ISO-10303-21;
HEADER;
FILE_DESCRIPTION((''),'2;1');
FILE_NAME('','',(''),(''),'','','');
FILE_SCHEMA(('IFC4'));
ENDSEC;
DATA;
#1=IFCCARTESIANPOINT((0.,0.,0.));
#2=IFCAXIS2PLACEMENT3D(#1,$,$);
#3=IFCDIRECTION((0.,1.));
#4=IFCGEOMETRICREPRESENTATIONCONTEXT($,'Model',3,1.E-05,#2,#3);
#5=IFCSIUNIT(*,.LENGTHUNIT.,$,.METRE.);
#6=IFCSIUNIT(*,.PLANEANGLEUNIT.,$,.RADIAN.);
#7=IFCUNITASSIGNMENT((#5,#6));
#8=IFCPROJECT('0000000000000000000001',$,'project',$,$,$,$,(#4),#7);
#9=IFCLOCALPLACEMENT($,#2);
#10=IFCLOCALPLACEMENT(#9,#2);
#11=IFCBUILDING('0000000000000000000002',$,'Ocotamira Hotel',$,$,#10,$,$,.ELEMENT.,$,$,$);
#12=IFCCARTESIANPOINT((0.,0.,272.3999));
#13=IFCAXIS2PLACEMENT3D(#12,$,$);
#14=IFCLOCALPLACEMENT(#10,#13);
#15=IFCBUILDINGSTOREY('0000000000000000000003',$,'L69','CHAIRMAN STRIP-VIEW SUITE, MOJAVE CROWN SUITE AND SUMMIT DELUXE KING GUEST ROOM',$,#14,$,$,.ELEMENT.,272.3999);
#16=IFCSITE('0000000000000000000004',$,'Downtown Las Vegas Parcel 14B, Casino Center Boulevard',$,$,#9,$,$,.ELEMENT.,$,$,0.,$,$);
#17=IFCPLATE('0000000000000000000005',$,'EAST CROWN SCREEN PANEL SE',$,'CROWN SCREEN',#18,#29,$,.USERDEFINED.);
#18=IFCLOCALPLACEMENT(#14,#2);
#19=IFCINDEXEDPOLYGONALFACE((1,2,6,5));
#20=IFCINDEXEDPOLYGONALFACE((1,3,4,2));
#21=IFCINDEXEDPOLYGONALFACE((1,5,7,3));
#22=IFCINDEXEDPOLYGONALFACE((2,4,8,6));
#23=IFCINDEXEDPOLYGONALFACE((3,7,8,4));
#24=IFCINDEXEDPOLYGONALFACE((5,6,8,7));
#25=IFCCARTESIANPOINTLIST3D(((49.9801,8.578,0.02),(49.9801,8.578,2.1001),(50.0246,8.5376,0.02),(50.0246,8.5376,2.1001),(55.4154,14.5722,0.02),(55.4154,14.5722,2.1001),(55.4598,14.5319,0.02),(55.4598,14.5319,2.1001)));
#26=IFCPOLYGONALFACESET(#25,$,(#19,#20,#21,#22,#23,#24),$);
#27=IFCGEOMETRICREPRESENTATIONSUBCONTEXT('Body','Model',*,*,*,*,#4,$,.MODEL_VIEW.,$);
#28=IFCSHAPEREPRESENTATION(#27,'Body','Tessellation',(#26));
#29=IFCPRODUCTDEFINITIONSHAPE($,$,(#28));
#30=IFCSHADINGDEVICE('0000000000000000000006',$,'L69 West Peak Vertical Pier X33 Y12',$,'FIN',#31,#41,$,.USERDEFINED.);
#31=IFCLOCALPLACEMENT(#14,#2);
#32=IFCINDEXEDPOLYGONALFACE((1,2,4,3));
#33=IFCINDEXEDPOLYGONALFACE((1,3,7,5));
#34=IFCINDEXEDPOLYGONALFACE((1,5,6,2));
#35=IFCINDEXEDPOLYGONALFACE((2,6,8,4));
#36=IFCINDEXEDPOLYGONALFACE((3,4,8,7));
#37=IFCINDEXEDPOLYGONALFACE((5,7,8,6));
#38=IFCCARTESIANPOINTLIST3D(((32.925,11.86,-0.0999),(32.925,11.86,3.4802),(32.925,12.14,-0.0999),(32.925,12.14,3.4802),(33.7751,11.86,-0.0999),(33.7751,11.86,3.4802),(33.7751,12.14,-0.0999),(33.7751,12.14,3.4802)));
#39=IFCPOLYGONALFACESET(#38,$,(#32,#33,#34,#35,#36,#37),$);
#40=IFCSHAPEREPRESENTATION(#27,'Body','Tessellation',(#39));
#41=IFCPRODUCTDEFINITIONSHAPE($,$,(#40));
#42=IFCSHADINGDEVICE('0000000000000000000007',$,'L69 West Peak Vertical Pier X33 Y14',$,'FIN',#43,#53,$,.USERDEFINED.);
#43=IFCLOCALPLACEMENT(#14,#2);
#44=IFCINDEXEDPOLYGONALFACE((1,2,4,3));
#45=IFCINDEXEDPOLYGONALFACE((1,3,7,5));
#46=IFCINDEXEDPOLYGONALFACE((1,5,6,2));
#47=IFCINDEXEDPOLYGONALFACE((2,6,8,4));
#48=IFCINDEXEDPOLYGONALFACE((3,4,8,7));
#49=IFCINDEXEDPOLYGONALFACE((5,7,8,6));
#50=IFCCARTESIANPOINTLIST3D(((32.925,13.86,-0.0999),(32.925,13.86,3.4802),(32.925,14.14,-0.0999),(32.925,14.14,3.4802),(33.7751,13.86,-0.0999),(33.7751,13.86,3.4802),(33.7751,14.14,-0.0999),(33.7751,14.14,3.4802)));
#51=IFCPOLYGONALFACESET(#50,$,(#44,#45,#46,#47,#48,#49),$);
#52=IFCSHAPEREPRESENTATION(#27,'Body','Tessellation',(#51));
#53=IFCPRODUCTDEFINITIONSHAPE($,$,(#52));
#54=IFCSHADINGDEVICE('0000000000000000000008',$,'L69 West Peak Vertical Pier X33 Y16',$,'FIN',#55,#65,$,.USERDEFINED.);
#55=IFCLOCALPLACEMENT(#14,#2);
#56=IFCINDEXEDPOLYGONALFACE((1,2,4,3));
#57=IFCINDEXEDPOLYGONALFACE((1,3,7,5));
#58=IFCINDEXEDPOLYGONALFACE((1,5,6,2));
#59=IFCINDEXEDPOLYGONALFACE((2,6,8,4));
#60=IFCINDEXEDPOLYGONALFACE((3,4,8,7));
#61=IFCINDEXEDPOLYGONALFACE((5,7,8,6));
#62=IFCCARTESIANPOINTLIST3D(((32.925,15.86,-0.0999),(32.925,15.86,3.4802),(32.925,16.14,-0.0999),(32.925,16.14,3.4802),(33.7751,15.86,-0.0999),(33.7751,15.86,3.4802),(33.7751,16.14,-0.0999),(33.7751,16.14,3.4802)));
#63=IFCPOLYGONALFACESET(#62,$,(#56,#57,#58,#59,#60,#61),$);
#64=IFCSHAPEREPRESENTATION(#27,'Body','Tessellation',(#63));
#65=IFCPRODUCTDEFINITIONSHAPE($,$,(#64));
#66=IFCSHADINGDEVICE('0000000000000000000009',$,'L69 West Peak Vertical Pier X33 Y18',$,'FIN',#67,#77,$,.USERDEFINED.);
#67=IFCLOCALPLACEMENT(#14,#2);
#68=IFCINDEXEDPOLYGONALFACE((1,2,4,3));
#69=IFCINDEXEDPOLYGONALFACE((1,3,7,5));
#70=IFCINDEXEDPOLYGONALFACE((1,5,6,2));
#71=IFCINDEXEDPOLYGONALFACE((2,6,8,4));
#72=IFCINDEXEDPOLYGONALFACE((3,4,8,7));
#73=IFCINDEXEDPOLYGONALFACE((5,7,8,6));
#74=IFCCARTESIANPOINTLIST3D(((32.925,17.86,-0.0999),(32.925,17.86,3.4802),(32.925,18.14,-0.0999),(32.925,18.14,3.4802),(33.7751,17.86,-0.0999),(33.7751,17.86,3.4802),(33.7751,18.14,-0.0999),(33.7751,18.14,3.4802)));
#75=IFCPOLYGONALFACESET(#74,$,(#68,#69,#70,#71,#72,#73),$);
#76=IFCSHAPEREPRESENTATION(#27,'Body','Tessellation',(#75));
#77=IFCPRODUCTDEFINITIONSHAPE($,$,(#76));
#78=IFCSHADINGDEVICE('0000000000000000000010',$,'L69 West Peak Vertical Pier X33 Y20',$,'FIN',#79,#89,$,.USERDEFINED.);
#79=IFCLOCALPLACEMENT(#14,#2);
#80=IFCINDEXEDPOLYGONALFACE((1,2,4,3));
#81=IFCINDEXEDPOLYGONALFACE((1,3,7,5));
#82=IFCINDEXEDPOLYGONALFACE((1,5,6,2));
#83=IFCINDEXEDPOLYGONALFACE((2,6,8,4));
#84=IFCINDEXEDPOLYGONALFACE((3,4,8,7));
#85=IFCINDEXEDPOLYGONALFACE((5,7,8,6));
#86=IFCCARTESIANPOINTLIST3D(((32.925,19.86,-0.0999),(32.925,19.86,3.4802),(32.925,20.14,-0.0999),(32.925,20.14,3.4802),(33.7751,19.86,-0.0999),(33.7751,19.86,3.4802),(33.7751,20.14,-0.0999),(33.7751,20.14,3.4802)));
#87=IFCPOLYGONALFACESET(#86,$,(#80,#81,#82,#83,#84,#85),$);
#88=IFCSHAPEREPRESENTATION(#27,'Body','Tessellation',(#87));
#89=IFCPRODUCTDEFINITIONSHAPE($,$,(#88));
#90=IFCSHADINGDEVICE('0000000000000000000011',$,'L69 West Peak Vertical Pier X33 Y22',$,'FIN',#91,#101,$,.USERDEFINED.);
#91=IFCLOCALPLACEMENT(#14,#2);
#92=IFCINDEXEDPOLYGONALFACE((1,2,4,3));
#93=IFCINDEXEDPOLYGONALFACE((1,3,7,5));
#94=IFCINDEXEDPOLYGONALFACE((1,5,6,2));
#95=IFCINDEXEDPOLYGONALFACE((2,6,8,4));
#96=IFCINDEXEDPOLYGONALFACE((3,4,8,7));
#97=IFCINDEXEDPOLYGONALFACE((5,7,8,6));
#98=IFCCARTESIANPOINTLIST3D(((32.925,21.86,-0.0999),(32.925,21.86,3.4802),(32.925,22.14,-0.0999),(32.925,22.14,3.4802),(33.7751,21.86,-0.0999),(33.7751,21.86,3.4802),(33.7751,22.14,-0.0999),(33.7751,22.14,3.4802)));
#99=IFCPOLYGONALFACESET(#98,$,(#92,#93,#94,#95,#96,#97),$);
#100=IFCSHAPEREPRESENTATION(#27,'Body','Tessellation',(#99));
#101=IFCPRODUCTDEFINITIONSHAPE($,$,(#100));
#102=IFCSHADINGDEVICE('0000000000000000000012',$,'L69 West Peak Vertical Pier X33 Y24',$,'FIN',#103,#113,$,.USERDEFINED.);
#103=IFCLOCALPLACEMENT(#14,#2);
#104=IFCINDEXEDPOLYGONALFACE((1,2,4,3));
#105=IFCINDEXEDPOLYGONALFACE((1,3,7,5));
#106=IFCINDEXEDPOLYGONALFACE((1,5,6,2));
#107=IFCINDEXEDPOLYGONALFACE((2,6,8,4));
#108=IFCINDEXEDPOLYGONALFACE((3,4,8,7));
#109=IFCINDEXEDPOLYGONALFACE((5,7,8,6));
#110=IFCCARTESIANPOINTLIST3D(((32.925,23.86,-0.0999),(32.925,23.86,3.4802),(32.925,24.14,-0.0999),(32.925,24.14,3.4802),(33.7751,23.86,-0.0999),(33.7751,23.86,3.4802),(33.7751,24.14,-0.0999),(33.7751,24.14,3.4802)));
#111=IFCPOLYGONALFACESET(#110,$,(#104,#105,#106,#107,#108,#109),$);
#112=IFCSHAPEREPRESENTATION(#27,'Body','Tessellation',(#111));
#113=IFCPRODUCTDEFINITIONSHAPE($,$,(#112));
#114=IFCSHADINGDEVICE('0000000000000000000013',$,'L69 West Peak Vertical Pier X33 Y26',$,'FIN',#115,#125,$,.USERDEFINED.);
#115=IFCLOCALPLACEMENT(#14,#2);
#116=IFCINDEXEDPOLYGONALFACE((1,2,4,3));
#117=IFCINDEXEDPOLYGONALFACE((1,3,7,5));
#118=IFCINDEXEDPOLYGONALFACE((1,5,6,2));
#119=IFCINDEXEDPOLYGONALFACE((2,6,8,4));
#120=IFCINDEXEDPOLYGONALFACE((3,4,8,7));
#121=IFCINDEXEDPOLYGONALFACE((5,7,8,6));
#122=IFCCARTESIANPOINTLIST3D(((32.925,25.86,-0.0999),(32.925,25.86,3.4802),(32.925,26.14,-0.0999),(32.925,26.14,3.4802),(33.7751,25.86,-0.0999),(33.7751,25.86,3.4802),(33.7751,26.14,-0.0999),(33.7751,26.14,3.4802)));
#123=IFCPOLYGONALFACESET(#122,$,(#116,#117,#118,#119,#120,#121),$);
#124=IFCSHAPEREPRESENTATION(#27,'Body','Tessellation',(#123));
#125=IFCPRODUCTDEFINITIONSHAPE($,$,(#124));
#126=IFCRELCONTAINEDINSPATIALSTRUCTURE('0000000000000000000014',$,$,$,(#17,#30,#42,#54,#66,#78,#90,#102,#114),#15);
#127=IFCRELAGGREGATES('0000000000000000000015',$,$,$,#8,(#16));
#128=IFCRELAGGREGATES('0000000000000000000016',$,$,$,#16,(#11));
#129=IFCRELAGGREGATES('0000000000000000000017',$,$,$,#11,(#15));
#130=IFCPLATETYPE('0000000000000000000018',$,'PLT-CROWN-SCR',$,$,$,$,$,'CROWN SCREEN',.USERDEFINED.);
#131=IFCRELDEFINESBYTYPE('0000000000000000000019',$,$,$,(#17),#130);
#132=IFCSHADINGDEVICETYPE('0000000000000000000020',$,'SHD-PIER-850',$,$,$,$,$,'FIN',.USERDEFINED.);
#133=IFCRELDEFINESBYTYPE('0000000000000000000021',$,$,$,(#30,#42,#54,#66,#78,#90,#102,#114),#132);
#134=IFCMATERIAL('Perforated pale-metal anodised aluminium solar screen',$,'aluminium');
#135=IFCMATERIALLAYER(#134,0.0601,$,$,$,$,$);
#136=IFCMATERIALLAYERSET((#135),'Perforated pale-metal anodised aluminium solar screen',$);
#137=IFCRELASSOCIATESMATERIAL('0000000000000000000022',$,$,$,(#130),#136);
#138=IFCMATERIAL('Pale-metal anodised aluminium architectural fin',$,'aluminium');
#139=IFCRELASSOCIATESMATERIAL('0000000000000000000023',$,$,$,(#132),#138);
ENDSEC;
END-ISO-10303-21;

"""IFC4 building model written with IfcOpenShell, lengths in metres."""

from ifc_helpers import new_model, si_unit, direction, frame, origin, origin_2d, place, context, subcontext, project, spatial, rectangle, extrude, source, transform, mapped, material, layer, layer_set, type_object, element, save


model = new_model("IFC4")

# Units and contexts
model_context = context("Model", 3, precision=1e-05, world=origin(), true_north=direction((0.0, 1.0)))
body_context = subcontext(model_context, "Body", "Model", "MODEL_VIEW")
ifc_project = project(units=[si_unit("LENGTHUNIT", "METRE"), si_unit("PLANEANGLEUNIT", "RADIAN")], contexts=[model_context])

# Site, building, storey
site_placement = place(None, origin())
site = spatial("IfcSite", under=ifc_project, at=site_placement, Name="Downtown Las Vegas Parcel 14B, Casino Center Boulevard", CompositionType="ELEMENT", RefElevation=0.0)
building_placement = place(site_placement, origin())
building = spatial("IfcBuilding", under=site, at=building_placement, Name="Ocotamira Hotel", CompositionType="ELEMENT")
storey_placement = place(building_placement, frame((0.0, 0.0, 272.3999)))
storey = spatial("IfcBuildingStorey", under=building, at=storey_placement, Name="L69", Description="CHAIRMAN STRIP-VIEW SUITE, MOJAVE CROWN SUITE AND SUMMIT DELUXE KING GUEST ROOM", CompositionType="ELEMENT", Elevation=272.3999)

# Plate
ifc_material_1 = material(Name="Perforated pale-metal anodised aluminium solar screen", Category="aluminium")
ifc_layer = layer(ifc_material_1, 0.0601)
ifc_layer_set = layer_set([ifc_layer], Name="Perforated pale-metal anodised aluminium solar screen")
plate_type = type_object("IfcPlateType", Name="PLT-CROWN-SCR", ElementType="CROWN SCREEN", PredefinedType="USERDEFINED", material=ifc_layer_set)
shared_shape_1 = source(origin(), body_context, "Body", "SweptSolid", [
    extrude(rectangle(XDim=8.0916, YDim=0.0601, at=origin_2d()), origin(), (0.0, 0.0, 1.0), 2.0801),
])
plate_1_placement = place(storey_placement, frame((52.72, 11.5549, 0.02), z_axis=(0.0, 0.0, 1.0), x_axis=(0.671721, 0.740805, 0.0)))
element("IfcPlate", 1, at=plate_1_placement, inside=storey, type_object=plate_type, Name="EAST CROWN SCREEN PANEL SE", ObjectType="CROWN SCREEN", PredefinedType="USERDEFINED", context=body_context, shape_type="MappedRepresentation", body=[
    mapped(shared_shape_1, transform((0.0, 0.0, 0.0), scale=1.0)),
])

# Shading devices
ifc_material_2 = material(Name="Pale-metal anodised aluminium architectural fin", Category="aluminium")
shading_device_type = type_object("IfcShadingDeviceType", Name="SHD-PIER-850", ElementType="FIN", PredefinedType="USERDEFINED", material=ifc_material_2)
shared_shape_2 = source(origin(), body_context, "Body", "SweptSolid", [
    extrude(rectangle(XDim=0.8501, YDim=0.28, at=origin_2d()), origin(), (0.0, 0.0, 1.0), 3.5801),
])
for number, where, z_axis, x_axis, name in (
    (2, (33.3501, 12.0, -0.0999), (0.0, 0.0, 1.0), (1.0, 0.0, 0.0), "L69 West Peak Vertical Pier X33 Y12"),
    (3, (33.3501, 14.0, -0.0999), (0.0, 0.0, 1.0), (1.0, 0.0, 0.0), "L69 West Peak Vertical Pier X33 Y14"),
    (4, (33.3501, 16.0, -0.0999), (0.0, 0.0, 1.0), (1.0, 0.0, 0.0), "L69 West Peak Vertical Pier X33 Y16"),
    (5, (33.3501, 18.0, -0.0999), (0.0, 0.0, 1.0), (1.0, 0.0, 0.0), "L69 West Peak Vertical Pier X33 Y18"),
    (6, (33.3501, 20.0, -0.0999), (0.0, 0.0, 1.0), (1.0, 0.0, 0.0), "L69 West Peak Vertical Pier X33 Y20"),
    (7, (33.3501, 22.0, -0.0999), (0.0, 0.0, 1.0), (1.0, 0.0, 0.0), "L69 West Peak Vertical Pier X33 Y22"),
    (8, (33.3501, 24.0, -0.0999), (0.0, 0.0, 1.0), (1.0, 0.0, 0.0), "L69 West Peak Vertical Pier X33 Y24"),
    (9, (33.3501, 26.0, -0.0999), (0.0, 0.0, 1.0), (1.0, 0.0, 0.0), "L69 West Peak Vertical Pier X33 Y26"),
):
    element("IfcShadingDevice", number, at=place(storey_placement, frame(where, z_axis=z_axis, x_axis=x_axis)), inside=storey, type_object=shading_device_type, Name=name, ObjectType="FIN", PredefinedType="USERDEFINED", context=body_context, shape_type="MappedRepresentation", body=[
        mapped(shared_shape_2, transform((0.0, 0.0, 0.0), scale=1.0)),
    ])

save(model, "model.ifc")
